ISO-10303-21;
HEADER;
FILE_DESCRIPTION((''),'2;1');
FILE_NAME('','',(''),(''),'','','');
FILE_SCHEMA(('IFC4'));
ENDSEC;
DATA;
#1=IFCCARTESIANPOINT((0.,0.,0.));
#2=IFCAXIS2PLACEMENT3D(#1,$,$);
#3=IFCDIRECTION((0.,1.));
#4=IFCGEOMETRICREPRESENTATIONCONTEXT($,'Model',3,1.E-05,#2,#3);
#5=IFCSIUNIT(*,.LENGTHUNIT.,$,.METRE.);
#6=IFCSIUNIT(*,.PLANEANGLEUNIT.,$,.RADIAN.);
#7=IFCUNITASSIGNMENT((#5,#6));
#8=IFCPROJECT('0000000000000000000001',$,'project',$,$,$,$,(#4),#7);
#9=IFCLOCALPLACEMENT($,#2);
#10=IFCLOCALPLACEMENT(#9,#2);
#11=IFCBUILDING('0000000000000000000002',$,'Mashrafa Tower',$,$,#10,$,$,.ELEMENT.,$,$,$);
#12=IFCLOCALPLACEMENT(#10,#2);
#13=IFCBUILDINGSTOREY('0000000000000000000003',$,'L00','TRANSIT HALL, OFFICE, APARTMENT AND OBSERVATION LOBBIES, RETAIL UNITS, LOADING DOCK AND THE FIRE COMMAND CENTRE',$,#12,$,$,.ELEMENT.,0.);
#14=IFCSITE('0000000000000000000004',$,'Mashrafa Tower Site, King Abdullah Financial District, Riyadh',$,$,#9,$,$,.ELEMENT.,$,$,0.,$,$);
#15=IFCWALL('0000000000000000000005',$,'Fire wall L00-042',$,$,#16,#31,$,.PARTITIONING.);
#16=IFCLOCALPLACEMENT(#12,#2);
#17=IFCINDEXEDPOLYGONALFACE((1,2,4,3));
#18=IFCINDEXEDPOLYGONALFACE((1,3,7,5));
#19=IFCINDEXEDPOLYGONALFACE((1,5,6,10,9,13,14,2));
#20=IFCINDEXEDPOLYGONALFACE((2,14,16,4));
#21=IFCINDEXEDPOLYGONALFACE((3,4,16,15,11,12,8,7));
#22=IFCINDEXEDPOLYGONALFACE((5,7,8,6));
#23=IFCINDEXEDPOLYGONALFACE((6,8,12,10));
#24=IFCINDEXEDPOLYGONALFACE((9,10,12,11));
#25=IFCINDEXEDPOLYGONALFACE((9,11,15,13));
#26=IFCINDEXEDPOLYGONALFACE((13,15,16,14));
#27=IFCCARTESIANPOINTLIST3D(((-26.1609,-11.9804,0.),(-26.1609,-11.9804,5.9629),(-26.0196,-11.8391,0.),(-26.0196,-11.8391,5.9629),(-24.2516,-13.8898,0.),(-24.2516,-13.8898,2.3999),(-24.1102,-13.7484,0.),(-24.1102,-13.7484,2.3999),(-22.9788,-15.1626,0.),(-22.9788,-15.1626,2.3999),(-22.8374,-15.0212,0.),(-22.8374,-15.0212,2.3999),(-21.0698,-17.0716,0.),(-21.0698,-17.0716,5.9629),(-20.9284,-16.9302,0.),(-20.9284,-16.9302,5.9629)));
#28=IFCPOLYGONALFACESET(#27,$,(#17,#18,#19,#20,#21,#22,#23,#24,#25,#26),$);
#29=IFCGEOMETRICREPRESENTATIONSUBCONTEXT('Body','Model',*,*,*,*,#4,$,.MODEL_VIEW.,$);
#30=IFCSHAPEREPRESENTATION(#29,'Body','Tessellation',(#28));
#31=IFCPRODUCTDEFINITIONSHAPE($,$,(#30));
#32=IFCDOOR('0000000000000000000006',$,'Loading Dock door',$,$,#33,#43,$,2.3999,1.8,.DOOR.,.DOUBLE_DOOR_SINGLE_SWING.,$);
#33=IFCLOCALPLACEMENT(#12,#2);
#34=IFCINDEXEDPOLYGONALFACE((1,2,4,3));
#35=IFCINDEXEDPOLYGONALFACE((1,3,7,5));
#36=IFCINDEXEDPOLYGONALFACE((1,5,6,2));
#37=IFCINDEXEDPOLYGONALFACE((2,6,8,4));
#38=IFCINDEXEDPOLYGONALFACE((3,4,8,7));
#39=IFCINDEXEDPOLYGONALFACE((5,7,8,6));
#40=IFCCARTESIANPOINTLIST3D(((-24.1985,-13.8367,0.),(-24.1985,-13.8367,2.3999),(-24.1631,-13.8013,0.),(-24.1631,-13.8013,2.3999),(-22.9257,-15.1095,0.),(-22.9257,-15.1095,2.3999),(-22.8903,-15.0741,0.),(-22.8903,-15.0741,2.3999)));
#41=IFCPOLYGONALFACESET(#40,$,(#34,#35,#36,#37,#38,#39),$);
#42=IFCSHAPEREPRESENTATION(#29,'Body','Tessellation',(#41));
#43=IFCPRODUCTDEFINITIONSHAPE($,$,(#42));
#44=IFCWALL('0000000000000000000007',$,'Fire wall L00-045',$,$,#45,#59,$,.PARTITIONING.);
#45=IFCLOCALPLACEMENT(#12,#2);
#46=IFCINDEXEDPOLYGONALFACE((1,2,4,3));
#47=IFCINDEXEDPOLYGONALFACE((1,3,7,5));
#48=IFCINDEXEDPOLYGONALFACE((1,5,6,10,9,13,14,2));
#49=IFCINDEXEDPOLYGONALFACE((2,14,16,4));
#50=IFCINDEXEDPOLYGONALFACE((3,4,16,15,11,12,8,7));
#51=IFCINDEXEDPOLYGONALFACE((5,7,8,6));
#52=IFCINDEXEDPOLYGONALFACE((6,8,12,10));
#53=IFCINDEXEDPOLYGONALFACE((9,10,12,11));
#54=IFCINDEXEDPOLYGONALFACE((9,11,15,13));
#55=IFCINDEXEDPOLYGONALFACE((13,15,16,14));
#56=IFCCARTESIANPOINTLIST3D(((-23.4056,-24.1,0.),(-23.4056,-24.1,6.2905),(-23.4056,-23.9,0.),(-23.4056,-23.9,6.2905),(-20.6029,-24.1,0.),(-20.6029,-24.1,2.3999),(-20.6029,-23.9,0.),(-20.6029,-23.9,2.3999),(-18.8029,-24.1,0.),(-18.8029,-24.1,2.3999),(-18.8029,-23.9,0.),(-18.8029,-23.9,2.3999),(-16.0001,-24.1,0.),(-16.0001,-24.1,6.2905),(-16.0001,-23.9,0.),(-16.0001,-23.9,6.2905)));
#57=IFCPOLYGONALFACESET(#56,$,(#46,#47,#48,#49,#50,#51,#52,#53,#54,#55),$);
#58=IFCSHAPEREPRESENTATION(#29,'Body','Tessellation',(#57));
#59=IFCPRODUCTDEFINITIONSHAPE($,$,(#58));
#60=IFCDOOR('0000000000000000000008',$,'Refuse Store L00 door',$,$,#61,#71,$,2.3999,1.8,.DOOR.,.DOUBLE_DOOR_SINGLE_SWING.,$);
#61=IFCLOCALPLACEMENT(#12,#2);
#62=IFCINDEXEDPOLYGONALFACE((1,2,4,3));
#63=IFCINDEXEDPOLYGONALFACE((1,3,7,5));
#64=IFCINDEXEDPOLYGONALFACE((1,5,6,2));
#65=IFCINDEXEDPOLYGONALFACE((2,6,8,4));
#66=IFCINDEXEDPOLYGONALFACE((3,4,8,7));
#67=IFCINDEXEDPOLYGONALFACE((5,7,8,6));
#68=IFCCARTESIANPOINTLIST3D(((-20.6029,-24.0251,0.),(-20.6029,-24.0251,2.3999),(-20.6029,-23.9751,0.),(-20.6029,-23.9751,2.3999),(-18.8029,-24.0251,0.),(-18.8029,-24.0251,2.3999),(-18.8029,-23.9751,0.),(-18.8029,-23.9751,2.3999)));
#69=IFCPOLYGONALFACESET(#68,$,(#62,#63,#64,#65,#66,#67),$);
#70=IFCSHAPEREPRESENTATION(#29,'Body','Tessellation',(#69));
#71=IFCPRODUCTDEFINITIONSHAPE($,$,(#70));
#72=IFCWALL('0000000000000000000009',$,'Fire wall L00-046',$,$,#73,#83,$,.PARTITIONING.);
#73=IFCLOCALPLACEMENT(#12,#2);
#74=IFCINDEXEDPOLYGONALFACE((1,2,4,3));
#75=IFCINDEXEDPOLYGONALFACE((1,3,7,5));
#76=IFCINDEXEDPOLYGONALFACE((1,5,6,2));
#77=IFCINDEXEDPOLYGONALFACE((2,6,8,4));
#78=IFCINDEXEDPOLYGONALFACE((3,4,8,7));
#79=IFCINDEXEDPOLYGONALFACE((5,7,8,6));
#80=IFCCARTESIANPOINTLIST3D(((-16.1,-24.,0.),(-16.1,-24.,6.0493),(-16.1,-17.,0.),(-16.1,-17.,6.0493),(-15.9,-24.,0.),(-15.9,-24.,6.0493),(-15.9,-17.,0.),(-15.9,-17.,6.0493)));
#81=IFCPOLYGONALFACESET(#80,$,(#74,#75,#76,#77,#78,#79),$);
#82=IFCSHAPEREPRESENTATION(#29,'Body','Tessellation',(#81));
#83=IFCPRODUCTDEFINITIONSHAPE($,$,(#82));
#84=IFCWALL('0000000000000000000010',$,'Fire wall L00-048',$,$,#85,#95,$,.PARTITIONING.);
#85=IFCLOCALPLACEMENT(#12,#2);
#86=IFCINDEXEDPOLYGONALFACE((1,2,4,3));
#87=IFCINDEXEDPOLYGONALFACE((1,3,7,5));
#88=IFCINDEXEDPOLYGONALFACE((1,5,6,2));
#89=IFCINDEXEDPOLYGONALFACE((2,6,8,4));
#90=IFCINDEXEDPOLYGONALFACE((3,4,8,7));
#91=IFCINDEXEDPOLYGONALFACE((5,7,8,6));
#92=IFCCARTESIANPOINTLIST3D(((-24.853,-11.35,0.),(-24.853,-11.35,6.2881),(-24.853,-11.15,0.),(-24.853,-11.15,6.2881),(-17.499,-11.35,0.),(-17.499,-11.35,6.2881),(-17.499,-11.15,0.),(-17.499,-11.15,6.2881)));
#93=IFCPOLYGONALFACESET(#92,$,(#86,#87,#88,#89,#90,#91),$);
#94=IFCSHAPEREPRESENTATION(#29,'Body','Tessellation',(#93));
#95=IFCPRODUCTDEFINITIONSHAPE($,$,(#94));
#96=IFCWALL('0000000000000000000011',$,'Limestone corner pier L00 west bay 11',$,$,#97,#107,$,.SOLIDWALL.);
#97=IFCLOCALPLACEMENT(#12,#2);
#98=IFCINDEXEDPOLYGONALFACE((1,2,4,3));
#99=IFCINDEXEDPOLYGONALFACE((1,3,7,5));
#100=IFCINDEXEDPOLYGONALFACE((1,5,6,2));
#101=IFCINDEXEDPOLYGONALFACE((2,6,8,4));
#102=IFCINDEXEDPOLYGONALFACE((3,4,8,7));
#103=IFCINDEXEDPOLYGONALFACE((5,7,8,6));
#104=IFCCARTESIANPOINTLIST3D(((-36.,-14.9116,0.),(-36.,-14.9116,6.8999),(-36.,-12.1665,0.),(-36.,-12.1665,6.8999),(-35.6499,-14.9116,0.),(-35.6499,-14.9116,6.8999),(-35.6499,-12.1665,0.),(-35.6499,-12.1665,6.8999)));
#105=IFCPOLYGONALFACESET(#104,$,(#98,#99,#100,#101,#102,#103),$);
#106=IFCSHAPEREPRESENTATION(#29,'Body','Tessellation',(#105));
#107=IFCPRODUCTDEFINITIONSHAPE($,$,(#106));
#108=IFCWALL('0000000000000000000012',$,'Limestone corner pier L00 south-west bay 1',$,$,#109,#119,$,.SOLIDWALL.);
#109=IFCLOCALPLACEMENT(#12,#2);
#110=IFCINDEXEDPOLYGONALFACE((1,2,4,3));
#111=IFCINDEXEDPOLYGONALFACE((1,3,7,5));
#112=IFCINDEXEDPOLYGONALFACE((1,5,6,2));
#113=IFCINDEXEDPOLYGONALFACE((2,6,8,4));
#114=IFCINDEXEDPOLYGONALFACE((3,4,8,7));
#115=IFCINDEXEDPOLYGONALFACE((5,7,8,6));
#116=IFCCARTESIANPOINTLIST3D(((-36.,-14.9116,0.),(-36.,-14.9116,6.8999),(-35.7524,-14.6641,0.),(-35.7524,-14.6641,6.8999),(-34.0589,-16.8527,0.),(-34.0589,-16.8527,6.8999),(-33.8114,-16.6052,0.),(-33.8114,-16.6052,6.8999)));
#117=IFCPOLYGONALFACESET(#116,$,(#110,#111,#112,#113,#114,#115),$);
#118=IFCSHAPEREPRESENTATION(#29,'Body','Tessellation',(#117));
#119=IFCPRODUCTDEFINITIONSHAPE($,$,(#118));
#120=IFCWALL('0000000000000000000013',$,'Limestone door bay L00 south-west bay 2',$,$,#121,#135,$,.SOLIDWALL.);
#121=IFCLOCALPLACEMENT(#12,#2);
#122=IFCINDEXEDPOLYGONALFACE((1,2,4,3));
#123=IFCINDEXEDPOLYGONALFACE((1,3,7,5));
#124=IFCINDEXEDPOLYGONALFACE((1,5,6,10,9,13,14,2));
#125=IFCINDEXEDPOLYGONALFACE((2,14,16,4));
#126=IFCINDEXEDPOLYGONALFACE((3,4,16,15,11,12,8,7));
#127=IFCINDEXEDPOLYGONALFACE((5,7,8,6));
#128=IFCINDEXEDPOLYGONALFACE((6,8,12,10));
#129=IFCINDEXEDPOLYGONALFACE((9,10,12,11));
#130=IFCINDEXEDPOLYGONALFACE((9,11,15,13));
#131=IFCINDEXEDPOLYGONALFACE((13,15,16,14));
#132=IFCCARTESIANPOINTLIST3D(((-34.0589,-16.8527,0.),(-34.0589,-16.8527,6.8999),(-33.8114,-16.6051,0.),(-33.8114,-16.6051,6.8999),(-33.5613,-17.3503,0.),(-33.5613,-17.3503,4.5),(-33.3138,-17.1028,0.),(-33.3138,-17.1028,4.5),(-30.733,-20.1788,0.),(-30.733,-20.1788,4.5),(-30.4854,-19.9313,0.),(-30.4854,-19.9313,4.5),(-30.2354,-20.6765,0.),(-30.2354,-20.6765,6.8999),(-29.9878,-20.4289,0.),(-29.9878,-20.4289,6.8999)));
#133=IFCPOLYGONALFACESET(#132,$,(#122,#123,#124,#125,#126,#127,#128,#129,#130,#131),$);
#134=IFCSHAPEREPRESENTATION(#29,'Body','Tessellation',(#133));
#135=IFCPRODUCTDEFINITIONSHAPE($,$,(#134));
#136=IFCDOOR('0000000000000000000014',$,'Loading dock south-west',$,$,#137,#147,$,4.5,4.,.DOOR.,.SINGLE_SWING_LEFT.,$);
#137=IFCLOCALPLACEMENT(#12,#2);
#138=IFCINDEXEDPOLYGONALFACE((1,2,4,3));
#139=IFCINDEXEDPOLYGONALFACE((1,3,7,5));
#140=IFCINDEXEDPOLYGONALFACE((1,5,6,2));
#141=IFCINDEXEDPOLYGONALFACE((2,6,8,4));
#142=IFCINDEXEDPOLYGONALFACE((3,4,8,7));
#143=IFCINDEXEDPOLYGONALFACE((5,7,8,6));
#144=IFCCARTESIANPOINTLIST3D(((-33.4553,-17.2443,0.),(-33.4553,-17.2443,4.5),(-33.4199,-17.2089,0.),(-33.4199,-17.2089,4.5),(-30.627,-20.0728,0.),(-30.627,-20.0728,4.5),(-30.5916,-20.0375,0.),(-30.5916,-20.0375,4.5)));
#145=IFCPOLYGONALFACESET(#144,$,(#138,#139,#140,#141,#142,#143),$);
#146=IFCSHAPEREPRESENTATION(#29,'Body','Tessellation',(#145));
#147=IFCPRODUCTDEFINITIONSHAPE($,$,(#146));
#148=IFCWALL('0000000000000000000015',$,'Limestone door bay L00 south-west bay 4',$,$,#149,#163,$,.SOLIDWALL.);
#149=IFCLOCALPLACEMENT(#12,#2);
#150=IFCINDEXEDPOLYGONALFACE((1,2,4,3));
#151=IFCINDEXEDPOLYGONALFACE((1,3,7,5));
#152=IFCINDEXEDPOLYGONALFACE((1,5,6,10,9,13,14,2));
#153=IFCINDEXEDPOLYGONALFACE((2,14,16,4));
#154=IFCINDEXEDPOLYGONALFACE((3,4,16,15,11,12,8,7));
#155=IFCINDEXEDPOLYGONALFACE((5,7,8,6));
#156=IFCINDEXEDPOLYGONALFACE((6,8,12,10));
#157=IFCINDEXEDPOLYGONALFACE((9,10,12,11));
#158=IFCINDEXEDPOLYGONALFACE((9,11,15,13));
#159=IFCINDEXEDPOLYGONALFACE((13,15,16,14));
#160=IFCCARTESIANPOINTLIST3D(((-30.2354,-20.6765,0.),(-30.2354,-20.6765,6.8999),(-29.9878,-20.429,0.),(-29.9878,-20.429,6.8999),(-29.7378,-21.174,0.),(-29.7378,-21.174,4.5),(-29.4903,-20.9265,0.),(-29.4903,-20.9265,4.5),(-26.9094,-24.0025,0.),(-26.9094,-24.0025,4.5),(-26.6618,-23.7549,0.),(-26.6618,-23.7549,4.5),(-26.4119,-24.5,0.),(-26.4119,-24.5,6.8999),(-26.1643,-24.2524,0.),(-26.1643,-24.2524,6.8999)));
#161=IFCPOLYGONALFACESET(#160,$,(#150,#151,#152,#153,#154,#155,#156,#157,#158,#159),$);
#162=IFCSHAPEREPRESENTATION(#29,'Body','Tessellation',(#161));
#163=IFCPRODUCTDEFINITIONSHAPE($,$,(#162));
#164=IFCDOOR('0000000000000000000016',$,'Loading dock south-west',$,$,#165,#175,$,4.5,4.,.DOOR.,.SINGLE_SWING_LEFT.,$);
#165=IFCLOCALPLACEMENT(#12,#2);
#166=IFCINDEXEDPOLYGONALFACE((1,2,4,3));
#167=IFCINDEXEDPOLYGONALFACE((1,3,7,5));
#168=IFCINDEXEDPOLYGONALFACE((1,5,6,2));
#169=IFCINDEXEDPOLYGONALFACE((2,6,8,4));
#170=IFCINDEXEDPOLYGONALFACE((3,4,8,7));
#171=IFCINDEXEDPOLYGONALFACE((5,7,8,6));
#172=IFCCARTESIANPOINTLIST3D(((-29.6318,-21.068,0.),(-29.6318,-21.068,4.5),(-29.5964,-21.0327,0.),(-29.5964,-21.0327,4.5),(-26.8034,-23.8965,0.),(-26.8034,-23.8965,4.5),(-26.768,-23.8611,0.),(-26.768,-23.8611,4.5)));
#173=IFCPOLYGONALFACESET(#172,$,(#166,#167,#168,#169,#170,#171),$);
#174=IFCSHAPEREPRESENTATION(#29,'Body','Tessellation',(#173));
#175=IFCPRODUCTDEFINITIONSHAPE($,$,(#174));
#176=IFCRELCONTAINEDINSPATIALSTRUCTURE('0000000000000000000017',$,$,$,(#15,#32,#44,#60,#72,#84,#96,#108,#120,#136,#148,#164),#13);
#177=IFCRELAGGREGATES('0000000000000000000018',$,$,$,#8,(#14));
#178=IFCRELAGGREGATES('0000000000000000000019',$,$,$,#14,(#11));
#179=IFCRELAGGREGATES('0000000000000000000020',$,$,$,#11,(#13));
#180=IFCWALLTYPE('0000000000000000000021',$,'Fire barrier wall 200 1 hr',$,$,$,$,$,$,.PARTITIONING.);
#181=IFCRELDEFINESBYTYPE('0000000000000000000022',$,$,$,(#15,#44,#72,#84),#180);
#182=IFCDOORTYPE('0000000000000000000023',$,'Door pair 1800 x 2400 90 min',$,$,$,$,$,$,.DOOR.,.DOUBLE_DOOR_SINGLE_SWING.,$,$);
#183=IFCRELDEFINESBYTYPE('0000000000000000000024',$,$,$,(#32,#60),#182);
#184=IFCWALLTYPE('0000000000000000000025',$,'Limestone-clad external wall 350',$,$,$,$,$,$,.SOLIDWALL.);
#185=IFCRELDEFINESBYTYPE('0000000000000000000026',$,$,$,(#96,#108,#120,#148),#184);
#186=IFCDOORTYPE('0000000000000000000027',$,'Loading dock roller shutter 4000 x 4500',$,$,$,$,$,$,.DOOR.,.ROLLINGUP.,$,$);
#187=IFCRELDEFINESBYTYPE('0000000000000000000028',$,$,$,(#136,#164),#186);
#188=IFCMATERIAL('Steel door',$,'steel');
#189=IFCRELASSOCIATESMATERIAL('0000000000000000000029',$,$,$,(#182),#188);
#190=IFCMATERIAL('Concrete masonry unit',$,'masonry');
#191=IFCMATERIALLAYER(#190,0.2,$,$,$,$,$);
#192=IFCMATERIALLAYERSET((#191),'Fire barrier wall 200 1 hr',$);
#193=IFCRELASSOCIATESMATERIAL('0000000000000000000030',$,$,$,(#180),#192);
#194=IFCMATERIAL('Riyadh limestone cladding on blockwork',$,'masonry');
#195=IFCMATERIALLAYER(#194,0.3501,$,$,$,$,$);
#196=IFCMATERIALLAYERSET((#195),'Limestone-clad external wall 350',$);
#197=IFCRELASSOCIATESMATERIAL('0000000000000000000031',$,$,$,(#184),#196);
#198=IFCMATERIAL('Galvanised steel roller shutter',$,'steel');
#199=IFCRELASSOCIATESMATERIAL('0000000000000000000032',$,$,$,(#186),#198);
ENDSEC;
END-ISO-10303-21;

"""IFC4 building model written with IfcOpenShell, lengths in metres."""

from ifc_helpers import new_model, si_unit, direction, frame, frame_2d, origin, place, context, subcontext, project, spatial, rectangle, extrude, material, layer, layer_set, type_object, element, fill, save


model = new_model("IFC4")

# Units and contexts
model_context = context("Model", 3, precision=1e-05, world=origin(), true_north=direction((0.0, 1.0)))
body_context = subcontext(model_context, "Body", "Model", "MODEL_VIEW")
ifc_project = project(units=[si_unit("LENGTHUNIT", "METRE"), si_unit("PLANEANGLEUNIT", "RADIAN")], contexts=[model_context])

# Site, building, storey
site_placement = place(None, origin())
site = spatial("IfcSite", under=ifc_project, at=site_placement, Name="Mashrafa Tower Site, King Abdullah Financial District, Riyadh", CompositionType="ELEMENT", RefElevation=0.0)
building_placement = place(site_placement, origin())
building = spatial("IfcBuilding", under=site, at=building_placement, Name="Mashrafa Tower", CompositionType="ELEMENT")
storey_placement = place(building_placement, origin())
storey = spatial("IfcBuildingStorey", under=building, at=storey_placement, Name="L00", Description="TRANSIT HALL, OFFICE, APARTMENT AND OBSERVATION LOBBIES, RETAIL UNITS, LOADING DOCK AND THE FIRE COMMAND CENTRE", CompositionType="ELEMENT", Elevation=0.0)

# Walls, openings, doors
ifc_material_1 = material(Name="Steel door", Category="steel")
door_type_1 = type_object("IfcDoorType", Name="Door pair 1800 x 2400 90 min", OperationType="DOUBLE_DOOR_SINGLE_SWING", PredefinedType="DOOR", material=ifc_material_1)
ifc_material_2 = material(Name="Concrete masonry unit", Category="masonry")
ifc_layer_1 = layer(ifc_material_2, 0.2)
ifc_layer_set_1 = layer_set([ifc_layer_1], Name="Fire barrier wall 200 1 hr")
wall_type_1 = type_object("IfcWallType", Name="Fire barrier wall 200 1 hr", PredefinedType="PARTITIONING", material=ifc_layer_set_1)
wall_1_placement = place(storey_placement, frame((-20.999, -17.001, 0.0), z_axis=(0.0, 0.0, 1.0), x_axis=(-0.707107, 0.707107, 0.0)))
wall_1 = element("IfcWall", 1, at=wall_1_placement, inside=storey, type_object=wall_type_1, Name="Fire wall L00-042", PredefinedType="PARTITIONING", context=body_context, shape_type="SweptSolid", body=[
    extrude(rectangle(XDim=7.2, YDim=0.2, at=frame_2d((3.6001, 0.0))), origin(), (0.0, 0.0, 1.0), 5.9629),
])
opening_1_placement = place(wall_1_placement, frame((2.7, 0.0, 0.0)))
opening_1 = element("IfcOpeningElement", 2, at=opening_1_placement, cuts=wall_1, PredefinedType="OPENING", context=body_context, shape_type="SweptSolid", body=[
    extrude(rectangle(XDim=1.8, YDim=2.3999, at=frame_2d((0.8999, 1.2))), frame((0.0, 0.1099, 0.0), z_axis=(0.0, -1.0, 0.0), x_axis=(1.0, 0.0, 0.0)), (0.0, 0.0, 1.0), 0.22),
])
door_1_placement = place(opening_1_placement, origin())
door_1 = element("IfcDoor", 3, at=door_1_placement, inside=storey, type_object=door_type_1, Name="Loading Dock door", OperationType="DOUBLE_DOOR_SINGLE_SWING", OverallHeight=2.3999, OverallWidth=1.8, PredefinedType="DOOR", context=body_context, shape_type="SweptSolid", body=[
    extrude(rectangle(XDim=1.8, YDim=2.3999, at=frame_2d((0.8999, 1.2))), frame((0.0, 0.0249, 0.0), z_axis=(0.0, -1.0, 0.0), x_axis=(1.0, 0.0, 0.0)), (0.0, 0.0, 1.0), 0.05),
])
fill(opening_1, door_1)
wall_2_placement = place(storey_placement, frame((-23.4055, -24.0, 0.0), z_axis=(0.0, 0.0, 1.0), x_axis=(1.0, 0.0, 0.0)))
wall_2 = element("IfcWall", 4, at=wall_2_placement, inside=storey, type_object=wall_type_1, Name="Fire wall L00-045", PredefinedType="PARTITIONING", context=body_context, shape_type="SweptSolid", body=[
    extrude(rectangle(XDim=7.4055, YDim=0.2, at=frame_2d((3.7026, 0.0))), origin(), (0.0, 0.0, 1.0), 6.2905),
])
opening_2_placement = place(wall_2_placement, frame((2.8027, 0.0, 0.0)))
opening_2 = element("IfcOpeningElement", 5, at=opening_2_placement, cuts=wall_2, PredefinedType="OPENING", context=body_context, shape_type="SweptSolid", body=[
    extrude(rectangle(XDim=1.8, YDim=2.3999, at=frame_2d((0.8999, 1.2))), frame((0.0, 0.1099, 0.0), z_axis=(0.0, -1.0, 0.0), x_axis=(1.0, 0.0, 0.0)), (0.0, 0.0, 1.0), 0.22),
])
door_2_placement = place(opening_2_placement, origin())
door_2 = element("IfcDoor", 6, at=door_2_placement, inside=storey, type_object=door_type_1, Name="Refuse Store L00 door", OperationType="DOUBLE_DOOR_SINGLE_SWING", OverallHeight=2.3999, OverallWidth=1.8, PredefinedType="DOOR", context=body_context, shape_type="SweptSolid", body=[
    extrude(rectangle(XDim=1.8, YDim=2.3999, at=frame_2d((0.8999, 1.2))), frame((0.0, 0.0249, 0.0), z_axis=(0.0, -1.0, 0.0), x_axis=(1.0, 0.0, 0.0)), (0.0, 0.0, 1.0), 0.05),
])
fill(opening_2, door_2)

# Walls
wall_3_placement = place(storey_placement, frame((-16.0, -24.0, 0.0), z_axis=(0.0, 0.0, 1.0), x_axis=(0.0, 1.0, 0.0)))
element("IfcWall", 7, at=wall_3_placement, inside=storey, type_object=wall_type_1, Name="Fire wall L00-046", PredefinedType="PARTITIONING", context=body_context, shape_type="SweptSolid", body=[
    extrude(rectangle(XDim=7.0, YDim=0.2, at=frame_2d((3.5, 0.0))), origin(), (0.0, 0.0, 1.0), 6.0493),
])
wall_4_placement = place(storey_placement, frame((-17.499, -11.25, 0.0), z_axis=(0.0, 0.0, 1.0), x_axis=(-1.0, 0.0, 0.0)))
element("IfcWall", 8, at=wall_4_placement, inside=storey, type_object=wall_type_1, Name="Fire wall L00-048", PredefinedType="PARTITIONING", context=body_context, shape_type="SweptSolid", body=[
    extrude(rectangle(XDim=7.354, YDim=0.2, at=frame_2d((3.677, 0.0))), origin(), (0.0, 0.0, 1.0), 6.2881),
])
ifc_material_3 = material(Name="Riyadh limestone cladding on blockwork", Category="masonry")
ifc_layer_2 = layer(ifc_material_3, 0.3501)
ifc_layer_set_2 = layer_set([ifc_layer_2], Name="Limestone-clad external wall 350")
wall_type_2 = type_object("IfcWallType", Name="Limestone-clad external wall 350", PredefinedType="SOLIDWALL", material=ifc_layer_set_2)
for number, where, z_axis, x_axis, name in (
    (9, (-35.825, -12.1665, 0.0), (0.0, 0.0, 1.0), (0.0, -1.0, 0.0), "Limestone corner pier L00 west bay 11"),
    (10, (-35.8762, -14.7878, 0.0), (0.0, 0.0, 1.0), (0.707107, -0.707107, 0.0), "Limestone corner pier L00 south-west bay 1"),
):
    element("IfcWall", number, at=place(storey_placement, frame(where, z_axis=z_axis, x_axis=x_axis)), inside=storey, type_object=wall_type_2, Name=name, PredefinedType="SOLIDWALL", context=body_context, shape_type="SweptSolid", body=[
        extrude(rectangle(XDim=2.7451, YDim=0.3501, at=frame_2d((1.3726, 0.0))), origin(), (0.0, 0.0, 1.0), 6.8999),
    ])

# Walls, openings, doors
wall_5_placement = place(storey_placement, frame((-33.9351, -16.729, 0.0), z_axis=(0.0, 0.0, 1.0), x_axis=(0.707084, -0.707129, 0.0)))
wall_5 = element("IfcWall", 11, at=wall_5_placement, inside=storey, type_object=wall_type_2, Name="Limestone door bay L00 south-west bay 2", PredefinedType="SOLIDWALL", context=body_context, shape_type="SweptSolid", body=[
    extrude(rectangle(XDim=5.4075, YDim=0.3501, at=frame_2d((2.7036, 0.0))), origin(), (0.0, 0.0, 1.0), 6.8999),
])
opening_3_placement = place(wall_5_placement, frame((0.7036, 0.0, 0.0)))
opening_3 = element("IfcOpeningElement", 12, at=opening_3_placement, cuts=wall_5, PredefinedType="OPENING", context=body_context, shape_type="SweptSolid", body=[
    extrude(rectangle(XDim=4.0, YDim=4.5, at=frame_2d((2.0, 2.25))), frame((0.0, 0.1851, 0.0), z_axis=(0.0, -1.0, 0.0), x_axis=(1.0, 0.0, 0.0)), (0.0, 0.0, 1.0), 0.3701),
])
ifc_material_4 = material(Name="Galvanised steel roller shutter", Category="steel")
door_type_2 = type_object("IfcDoorType", Name="Loading dock roller shutter 4000 x 4500", OperationType="ROLLINGUP", PredefinedType="DOOR", material=ifc_material_4)
door_3_placement = place(opening_3_placement, origin())
door_3 = element("IfcDoor", 13, at=door_3_placement, inside=storey, type_object=door_type_2, Name="Loading dock south-west", OperationType="SINGLE_SWING_LEFT", OverallHeight=4.5, OverallWidth=4.0, PredefinedType="DOOR", context=body_context, shape_type="SweptSolid", body=[
    extrude(rectangle(XDim=4.0, YDim=4.5, at=frame_2d((2.0, 2.25))), frame((0.0, 0.0249, 0.0), z_axis=(0.0, -1.0, 0.0), x_axis=(1.0, 0.0, 0.0)), (0.0, 0.0, 1.0), 0.05),
])
fill(opening_3, door_3)
wall_6_placement = place(storey_placement, frame((-30.1116, -20.5527, 0.0), z_axis=(0.0, 0.0, 1.0), x_axis=(0.707107, -0.707107, 0.0)))
wall_6 = element("IfcWall", 14, at=wall_6_placement, inside=storey, type_object=wall_type_2, Name="Limestone door bay L00 south-west bay 4", PredefinedType="SOLIDWALL", context=body_context, shape_type="SweptSolid", body=[
    extrude(rectangle(XDim=5.4072, YDim=0.3501, at=frame_2d((2.7036, 0.0))), origin(), (0.0, 0.0, 1.0), 6.8999),
])
opening_4_placement = place(wall_6_placement, frame((0.7036, 0.0, 0.0)))
opening_4 = element("IfcOpeningElement", 15, at=opening_4_placement, cuts=wall_6, PredefinedType="OPENING", context=body_context, shape_type="SweptSolid", body=[
    extrude(rectangle(XDim=4.0, YDim=4.5, at=frame_2d((2.0, 2.25))), frame((0.0, 0.1851, 0.0), z_axis=(0.0, -1.0, 0.0), x_axis=(1.0, 0.0, 0.0)), (0.0, 0.0, 1.0), 0.3701),
])
door_4_placement = place(opening_4_placement, origin())
door_4 = element("IfcDoor", 16, at=door_4_placement, inside=storey, type_object=door_type_2, Name="Loading dock south-west", OperationType="SINGLE_SWING_LEFT", OverallHeight=4.5, OverallWidth=4.0, PredefinedType="DOOR", context=body_context, shape_type="SweptSolid", body=[
    extrude(rectangle(XDim=4.0, YDim=4.5, at=frame_2d((2.0, 2.25))), frame((0.0, 0.0249, 0.0), z_axis=(0.0, -1.0, 0.0), x_axis=(1.0, 0.0, 0.0)), (0.0, 0.0, 1.0), 0.05),
])
fill(opening_4, door_4)

save(model, "model.ifc")
